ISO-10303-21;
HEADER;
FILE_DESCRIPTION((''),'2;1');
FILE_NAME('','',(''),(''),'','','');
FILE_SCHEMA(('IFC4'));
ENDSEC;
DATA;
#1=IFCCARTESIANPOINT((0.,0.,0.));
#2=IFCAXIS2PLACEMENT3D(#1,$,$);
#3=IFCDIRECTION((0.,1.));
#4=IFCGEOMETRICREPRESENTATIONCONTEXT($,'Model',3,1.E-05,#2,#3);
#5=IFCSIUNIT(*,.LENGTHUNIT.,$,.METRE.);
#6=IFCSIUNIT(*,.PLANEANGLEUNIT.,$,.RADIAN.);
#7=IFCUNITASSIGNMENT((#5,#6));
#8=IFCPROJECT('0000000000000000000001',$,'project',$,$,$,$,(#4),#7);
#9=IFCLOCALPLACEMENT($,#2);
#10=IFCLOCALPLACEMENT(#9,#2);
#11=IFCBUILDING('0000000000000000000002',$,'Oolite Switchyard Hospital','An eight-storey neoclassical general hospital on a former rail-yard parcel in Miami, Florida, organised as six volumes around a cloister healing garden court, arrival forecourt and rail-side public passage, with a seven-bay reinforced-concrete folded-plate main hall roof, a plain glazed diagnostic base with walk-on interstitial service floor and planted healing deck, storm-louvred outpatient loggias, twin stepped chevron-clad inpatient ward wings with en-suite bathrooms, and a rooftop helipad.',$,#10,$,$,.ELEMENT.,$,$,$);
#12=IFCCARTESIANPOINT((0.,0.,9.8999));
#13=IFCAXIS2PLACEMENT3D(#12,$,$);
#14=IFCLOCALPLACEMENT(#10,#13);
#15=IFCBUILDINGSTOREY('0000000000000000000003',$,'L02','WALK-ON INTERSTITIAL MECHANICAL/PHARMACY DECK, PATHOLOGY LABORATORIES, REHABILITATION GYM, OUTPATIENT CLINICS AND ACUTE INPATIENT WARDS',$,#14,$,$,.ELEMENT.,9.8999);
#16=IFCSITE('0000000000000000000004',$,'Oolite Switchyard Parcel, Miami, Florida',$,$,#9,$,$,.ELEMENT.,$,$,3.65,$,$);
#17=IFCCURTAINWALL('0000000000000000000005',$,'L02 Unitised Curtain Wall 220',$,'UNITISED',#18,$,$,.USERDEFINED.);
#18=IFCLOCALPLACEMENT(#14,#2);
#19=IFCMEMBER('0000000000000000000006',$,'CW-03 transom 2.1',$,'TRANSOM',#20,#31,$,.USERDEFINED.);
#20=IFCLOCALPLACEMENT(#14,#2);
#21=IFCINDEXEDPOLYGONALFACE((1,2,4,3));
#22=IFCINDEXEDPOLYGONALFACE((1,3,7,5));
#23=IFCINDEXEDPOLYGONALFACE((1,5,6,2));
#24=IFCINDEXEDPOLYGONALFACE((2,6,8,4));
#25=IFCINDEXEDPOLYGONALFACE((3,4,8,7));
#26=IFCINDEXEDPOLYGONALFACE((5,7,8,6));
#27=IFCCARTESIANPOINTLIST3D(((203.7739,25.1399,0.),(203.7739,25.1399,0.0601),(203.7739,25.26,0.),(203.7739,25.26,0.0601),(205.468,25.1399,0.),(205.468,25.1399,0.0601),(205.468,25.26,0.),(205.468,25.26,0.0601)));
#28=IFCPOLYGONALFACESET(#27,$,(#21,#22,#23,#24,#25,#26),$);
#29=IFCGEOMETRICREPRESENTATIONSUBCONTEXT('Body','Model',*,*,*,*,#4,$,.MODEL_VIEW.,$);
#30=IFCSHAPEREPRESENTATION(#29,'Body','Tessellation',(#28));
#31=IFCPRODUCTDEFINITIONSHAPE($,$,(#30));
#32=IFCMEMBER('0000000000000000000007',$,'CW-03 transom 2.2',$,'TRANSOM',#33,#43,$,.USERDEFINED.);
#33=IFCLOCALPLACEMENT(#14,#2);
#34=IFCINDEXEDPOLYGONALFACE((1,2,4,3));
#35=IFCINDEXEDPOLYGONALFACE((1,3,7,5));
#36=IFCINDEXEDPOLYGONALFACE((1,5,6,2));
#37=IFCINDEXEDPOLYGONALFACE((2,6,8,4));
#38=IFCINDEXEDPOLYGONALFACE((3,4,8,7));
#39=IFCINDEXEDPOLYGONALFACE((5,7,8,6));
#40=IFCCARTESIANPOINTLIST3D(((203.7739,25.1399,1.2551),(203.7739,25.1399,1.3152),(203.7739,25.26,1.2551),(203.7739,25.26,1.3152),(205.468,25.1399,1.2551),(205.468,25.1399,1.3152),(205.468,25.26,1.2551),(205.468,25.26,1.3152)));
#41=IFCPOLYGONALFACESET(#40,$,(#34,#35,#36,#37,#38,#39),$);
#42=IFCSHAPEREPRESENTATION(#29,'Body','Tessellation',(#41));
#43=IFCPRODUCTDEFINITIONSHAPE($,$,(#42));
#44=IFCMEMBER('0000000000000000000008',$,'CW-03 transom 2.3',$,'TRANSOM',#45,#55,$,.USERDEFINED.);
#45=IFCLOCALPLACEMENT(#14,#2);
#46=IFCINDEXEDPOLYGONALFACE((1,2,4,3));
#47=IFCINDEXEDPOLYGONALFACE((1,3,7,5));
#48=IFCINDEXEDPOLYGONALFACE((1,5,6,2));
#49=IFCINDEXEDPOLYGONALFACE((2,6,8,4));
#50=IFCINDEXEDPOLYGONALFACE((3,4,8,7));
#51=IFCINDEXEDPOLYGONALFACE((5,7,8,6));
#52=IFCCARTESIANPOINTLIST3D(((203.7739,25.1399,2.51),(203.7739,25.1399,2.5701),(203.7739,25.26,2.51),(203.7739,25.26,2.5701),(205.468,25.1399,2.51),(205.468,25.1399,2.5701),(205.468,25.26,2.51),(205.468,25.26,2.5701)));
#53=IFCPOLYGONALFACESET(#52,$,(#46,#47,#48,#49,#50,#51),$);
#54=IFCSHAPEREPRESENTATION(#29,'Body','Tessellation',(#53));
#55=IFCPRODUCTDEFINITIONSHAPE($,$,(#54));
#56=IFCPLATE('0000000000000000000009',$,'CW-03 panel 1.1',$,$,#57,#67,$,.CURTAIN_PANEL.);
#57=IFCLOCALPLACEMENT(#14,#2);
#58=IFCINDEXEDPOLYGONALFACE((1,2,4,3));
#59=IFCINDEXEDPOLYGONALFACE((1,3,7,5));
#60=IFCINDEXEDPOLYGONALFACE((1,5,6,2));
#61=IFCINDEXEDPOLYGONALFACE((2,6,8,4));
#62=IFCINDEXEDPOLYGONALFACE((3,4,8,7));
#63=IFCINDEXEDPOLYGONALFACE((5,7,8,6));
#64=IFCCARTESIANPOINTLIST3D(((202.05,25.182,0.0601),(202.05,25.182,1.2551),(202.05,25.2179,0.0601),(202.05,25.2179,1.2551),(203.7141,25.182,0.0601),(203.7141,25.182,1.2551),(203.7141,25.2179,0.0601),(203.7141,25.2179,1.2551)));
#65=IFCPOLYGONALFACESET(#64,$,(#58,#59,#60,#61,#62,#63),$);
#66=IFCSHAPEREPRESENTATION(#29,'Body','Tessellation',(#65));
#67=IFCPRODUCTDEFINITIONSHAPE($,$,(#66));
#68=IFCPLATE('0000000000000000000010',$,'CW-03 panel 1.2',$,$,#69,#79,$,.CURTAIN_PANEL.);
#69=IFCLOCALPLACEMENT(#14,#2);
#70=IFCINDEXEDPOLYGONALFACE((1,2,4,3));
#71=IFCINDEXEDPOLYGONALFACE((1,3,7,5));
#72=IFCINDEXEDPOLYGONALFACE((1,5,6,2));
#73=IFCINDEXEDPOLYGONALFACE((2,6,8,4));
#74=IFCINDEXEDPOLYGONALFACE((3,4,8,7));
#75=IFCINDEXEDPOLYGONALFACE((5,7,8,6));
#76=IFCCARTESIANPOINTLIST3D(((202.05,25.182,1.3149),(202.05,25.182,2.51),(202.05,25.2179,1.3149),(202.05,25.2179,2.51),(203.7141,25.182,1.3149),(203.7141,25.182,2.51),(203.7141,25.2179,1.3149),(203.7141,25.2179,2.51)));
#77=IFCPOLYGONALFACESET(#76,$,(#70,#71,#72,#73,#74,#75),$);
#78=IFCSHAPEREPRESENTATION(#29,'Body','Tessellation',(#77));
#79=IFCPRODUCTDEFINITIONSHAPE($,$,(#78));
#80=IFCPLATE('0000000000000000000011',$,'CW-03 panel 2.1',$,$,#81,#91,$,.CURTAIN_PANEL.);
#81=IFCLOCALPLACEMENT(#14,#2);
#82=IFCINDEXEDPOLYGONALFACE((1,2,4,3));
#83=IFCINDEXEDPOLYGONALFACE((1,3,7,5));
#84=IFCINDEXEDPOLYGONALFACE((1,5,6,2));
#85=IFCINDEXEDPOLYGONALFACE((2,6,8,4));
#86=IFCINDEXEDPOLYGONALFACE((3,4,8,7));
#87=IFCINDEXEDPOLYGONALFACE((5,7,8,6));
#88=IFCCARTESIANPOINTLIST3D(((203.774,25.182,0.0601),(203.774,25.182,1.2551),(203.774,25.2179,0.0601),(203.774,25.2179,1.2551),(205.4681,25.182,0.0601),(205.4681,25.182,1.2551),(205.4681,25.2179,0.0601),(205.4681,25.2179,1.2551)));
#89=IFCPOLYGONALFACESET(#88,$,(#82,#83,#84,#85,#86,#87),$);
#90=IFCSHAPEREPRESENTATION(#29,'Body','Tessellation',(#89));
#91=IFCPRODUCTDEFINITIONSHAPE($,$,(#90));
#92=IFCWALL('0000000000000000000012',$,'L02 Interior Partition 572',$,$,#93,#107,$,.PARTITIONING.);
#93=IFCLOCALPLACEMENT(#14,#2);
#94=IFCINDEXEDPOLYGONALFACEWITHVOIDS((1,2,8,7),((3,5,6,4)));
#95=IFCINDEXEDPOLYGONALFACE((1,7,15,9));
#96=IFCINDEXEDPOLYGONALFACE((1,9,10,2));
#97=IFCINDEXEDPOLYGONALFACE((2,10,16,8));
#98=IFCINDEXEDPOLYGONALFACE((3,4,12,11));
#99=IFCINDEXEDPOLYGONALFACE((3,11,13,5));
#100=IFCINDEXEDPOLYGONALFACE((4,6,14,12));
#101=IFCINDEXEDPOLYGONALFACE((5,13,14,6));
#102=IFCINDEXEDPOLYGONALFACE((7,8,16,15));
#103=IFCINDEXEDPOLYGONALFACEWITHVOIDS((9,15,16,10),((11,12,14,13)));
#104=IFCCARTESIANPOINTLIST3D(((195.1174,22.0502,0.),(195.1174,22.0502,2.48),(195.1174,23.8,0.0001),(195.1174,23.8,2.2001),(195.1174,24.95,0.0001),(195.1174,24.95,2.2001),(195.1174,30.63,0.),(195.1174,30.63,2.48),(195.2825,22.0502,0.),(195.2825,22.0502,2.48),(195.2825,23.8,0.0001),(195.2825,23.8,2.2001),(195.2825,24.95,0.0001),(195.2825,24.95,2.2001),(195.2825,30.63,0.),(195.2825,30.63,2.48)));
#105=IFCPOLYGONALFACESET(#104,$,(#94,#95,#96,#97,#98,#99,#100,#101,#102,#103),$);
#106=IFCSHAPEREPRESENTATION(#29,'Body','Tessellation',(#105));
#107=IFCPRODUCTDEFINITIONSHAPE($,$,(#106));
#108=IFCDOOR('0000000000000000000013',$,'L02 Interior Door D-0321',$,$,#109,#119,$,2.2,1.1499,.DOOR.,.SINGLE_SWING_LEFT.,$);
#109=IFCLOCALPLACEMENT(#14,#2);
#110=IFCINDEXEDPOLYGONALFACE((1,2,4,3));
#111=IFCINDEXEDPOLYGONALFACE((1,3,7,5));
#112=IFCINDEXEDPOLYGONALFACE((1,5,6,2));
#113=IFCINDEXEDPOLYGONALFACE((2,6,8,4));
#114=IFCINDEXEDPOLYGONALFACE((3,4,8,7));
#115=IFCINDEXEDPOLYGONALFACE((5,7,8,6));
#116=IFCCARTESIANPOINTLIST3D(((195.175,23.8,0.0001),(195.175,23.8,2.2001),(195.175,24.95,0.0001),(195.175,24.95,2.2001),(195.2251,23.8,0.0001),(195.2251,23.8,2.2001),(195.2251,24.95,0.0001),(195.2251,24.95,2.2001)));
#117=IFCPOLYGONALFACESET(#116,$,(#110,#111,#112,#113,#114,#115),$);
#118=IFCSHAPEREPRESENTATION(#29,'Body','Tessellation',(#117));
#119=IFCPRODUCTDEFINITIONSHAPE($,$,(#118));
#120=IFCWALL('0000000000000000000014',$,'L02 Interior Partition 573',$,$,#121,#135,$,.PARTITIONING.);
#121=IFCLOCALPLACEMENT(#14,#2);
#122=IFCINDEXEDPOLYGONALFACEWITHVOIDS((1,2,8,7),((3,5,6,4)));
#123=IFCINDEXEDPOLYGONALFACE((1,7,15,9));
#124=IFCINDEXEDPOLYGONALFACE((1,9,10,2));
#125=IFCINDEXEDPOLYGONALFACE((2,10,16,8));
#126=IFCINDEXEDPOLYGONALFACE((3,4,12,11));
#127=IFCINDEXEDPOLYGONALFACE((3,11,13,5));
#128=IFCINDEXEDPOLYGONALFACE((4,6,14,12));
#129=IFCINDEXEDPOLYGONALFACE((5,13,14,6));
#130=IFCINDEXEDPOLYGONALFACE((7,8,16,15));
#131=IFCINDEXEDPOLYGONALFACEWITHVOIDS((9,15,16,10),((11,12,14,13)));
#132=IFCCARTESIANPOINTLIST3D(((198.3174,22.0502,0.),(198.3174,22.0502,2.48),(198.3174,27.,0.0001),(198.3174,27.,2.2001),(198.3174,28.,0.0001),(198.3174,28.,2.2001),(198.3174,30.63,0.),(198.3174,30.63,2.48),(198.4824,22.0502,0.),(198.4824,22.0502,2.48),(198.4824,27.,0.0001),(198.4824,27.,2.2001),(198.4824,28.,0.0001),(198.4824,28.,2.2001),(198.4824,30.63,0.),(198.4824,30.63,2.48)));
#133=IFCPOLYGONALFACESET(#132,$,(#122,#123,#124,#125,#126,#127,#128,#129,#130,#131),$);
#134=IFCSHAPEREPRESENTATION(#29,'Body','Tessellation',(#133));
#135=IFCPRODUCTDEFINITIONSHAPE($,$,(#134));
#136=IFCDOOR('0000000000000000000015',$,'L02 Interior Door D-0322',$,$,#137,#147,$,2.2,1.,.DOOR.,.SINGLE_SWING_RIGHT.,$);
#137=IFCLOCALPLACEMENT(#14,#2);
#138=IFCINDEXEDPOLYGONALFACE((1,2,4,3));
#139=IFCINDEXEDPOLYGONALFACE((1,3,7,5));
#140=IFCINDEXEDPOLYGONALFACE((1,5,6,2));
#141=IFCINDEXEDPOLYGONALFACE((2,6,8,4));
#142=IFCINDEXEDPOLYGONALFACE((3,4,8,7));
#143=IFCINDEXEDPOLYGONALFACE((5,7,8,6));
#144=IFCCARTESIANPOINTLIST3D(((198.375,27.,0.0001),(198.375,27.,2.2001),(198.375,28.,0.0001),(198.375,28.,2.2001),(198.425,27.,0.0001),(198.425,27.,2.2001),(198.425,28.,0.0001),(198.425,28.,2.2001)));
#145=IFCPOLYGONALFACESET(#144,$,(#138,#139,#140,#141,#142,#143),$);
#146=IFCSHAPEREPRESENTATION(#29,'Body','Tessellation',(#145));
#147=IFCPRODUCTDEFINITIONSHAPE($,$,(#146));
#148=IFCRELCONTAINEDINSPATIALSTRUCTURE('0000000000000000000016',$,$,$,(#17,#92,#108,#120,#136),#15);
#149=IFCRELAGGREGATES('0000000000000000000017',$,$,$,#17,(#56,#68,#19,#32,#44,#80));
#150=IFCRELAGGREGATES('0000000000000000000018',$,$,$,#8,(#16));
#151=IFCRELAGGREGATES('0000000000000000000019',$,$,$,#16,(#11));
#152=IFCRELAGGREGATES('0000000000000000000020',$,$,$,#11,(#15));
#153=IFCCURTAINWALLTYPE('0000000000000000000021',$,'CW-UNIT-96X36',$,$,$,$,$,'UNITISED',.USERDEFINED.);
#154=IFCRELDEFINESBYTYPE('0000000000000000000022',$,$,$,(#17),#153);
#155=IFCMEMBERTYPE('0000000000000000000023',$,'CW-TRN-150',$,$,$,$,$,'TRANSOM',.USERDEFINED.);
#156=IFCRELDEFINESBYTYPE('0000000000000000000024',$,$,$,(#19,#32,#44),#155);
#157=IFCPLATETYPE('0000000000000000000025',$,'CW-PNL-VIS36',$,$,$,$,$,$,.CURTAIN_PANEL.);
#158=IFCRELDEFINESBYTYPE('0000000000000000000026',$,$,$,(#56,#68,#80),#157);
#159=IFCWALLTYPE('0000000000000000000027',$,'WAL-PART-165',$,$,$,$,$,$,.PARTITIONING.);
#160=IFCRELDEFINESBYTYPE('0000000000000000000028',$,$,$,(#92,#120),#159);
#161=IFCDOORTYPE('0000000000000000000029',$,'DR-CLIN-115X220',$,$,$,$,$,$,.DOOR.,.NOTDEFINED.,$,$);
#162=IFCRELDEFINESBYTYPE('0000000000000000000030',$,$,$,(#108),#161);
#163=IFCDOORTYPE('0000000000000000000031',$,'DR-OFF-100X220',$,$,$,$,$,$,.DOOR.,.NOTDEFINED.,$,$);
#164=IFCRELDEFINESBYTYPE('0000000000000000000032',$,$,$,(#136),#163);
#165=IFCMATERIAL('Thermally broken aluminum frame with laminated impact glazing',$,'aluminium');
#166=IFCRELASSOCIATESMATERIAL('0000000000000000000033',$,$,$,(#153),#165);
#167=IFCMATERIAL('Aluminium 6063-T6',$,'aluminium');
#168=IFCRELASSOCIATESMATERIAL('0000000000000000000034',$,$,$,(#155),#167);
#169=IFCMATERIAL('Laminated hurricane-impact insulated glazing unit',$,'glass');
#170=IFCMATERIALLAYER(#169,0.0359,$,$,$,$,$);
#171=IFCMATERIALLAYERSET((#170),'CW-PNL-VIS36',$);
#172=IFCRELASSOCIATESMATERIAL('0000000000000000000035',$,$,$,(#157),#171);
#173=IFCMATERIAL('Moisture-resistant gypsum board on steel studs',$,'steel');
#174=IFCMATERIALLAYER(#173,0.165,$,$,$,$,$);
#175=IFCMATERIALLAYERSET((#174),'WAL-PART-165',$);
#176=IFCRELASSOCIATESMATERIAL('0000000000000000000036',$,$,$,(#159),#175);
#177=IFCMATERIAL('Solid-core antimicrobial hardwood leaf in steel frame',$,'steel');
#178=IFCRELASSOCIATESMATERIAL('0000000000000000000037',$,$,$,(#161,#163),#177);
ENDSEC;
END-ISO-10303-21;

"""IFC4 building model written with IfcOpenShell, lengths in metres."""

from ifc_helpers import new_model, si_unit, direction, frame, frame_2d, origin, origin_2d, place, context, subcontext, project, spatial, rectangle, extrude, material, layer, layer_set, material_profile, profile_set, type_object, element, fill, aggregate, save


model = new_model("IFC4")

# Units and contexts
model_context = context("Model", 3, precision=1e-05, world=origin(), true_north=direction((0.0, 1.0)))
body_context = subcontext(model_context, "Body", "Model", "MODEL_VIEW")
ifc_project = project(units=[si_unit("LENGTHUNIT", "METRE"), si_unit("PLANEANGLEUNIT", "RADIAN")], contexts=[model_context])

# Site, building, storey
site_placement = place(None, origin())
site = spatial("IfcSite", under=ifc_project, at=site_placement, Name="Oolite Switchyard Parcel, Miami, Florida", CompositionType="ELEMENT", RefElevation=3.65)
building_placement = place(site_placement, origin())
building = spatial("IfcBuilding", under=site, at=building_placement, Name="Oolite Switchyard Hospital", Description="An eight-storey neoclassical general hospital on a former rail-yard parcel in Miami, Florida, organised as six volumes around a cloister healing garden court, arrival forecourt and rail-side public passage, with a seven-bay reinforced-concrete folded-plate main hall roof, a plain glazed diagnostic base with walk-on interstitial service floor and planted healing deck, storm-louvred outpatient loggias, twin stepped chevron-clad inpatient ward wings with en-suite bathrooms, and a rooftop helipad.", CompositionType="ELEMENT")
storey_placement = place(building_placement, frame((0.0, 0.0, 9.8999)))
storey = spatial("IfcBuildingStorey", under=building, at=storey_placement, Name="L02", Description="WALK-ON INTERSTITIAL MECHANICAL/PHARMACY DECK, PATHOLOGY LABORATORIES, REHABILITATION GYM, OUTPATIENT CLINICS AND ACUTE INPATIENT WARDS", CompositionType="ELEMENT", Elevation=9.8999)

# Curtain wall, members, plates
ifc_material_1 = material(Name="Thermally broken aluminum frame with laminated impact glazing", Category="aluminium")
curtain_wall_type = type_object("IfcCurtainWallType", Name="CW-UNIT-96X36", ElementType="UNITISED", PredefinedType="USERDEFINED", material=ifc_material_1)
curtain_wall_placement = place(storey_placement, origin())
curtain_wall = element("IfcCurtainWall", 1, at=curtain_wall_placement, inside=storey, type_object=curtain_wall_type, Name="L02 Unitised Curtain Wall 220", ObjectType="UNITISED", PredefinedType="USERDEFINED")
ifc_material_2 = material(Name="Aluminium 6063-T6", Category="aluminium")
ifc_material_profile_1 = material_profile(ifc_material_2, rectangle(XDim=0.1201, YDim=0.0601, at=origin_2d()), Name="CWT60X120")
ifc_profile_set_1 = profile_set([ifc_material_profile_1], Name="Aluminium 6063-T6")
member_type_1 = type_object("IfcMemberType", Name="CW-TRN-150", ElementType="TRANSOM", PredefinedType="USERDEFINED", material=ifc_profile_set_1)
member_1_placement = place(storey_placement, frame((203.7739, 25.2, 0.03), z_axis=(1.0, 0.0, 0.0), x_axis=(0.0, 1.0, 0.0)))
member_1 = element("IfcMember", 2, at=member_1_placement, type_object=member_type_1, Name="CW-03 transom 2.1", ObjectType="TRANSOM", PredefinedType="USERDEFINED", context=body_context, shape_type="SweptSolid", body=[
    extrude(rectangle(XDim=0.1201, YDim=0.0601, at=origin_2d()), origin(), (0.0, 0.0, 1.0), 1.6941),
])
member_2_placement = place(storey_placement, frame((203.7739, 25.2, 1.2852), z_axis=(1.0, 0.0, 0.0), x_axis=(0.0, 1.0, 0.0)))
member_2 = element("IfcMember", 3, at=member_2_placement, type_object=member_type_1, Name="CW-03 transom 2.2", ObjectType="TRANSOM", PredefinedType="USERDEFINED", context=body_context, shape_type="SweptSolid", body=[
    extrude(rectangle(XDim=0.1201, YDim=0.0601, at=origin_2d()), origin(), (0.0, 0.0, 1.0), 1.6941),
])
member_3_placement = place(storey_placement, frame((203.7739, 25.2, 2.54), z_axis=(1.0, 0.0, 0.0), x_axis=(0.0, 1.0, 0.0)))
member_3 = element("IfcMember", 4, at=member_3_placement, type_object=member_type_1, Name="CW-03 transom 2.3", ObjectType="TRANSOM", PredefinedType="USERDEFINED", context=body_context, shape_type="SweptSolid", body=[
    extrude(rectangle(XDim=0.1201, YDim=0.0601, at=origin_2d()), origin(), (0.0, 0.0, 1.0), 1.6941),
])
ifc_material_3 = material(Name="Laminated hurricane-impact insulated glazing unit", Category="glass")
ifc_layer_1 = layer(ifc_material_3, 0.0359)
ifc_layer_set_1 = layer_set([ifc_layer_1], Name="CW-PNL-VIS36")
plate_type = type_object("IfcPlateType", Name="CW-PNL-VIS36", PredefinedType="CURTAIN_PANEL", material=ifc_layer_set_1)
plate_1_placement = place(storey_placement, frame((202.8821, 25.2, 0.0601), z_axis=(0.0, 0.0, 1.0), x_axis=(1.0, 0.0, 0.0)))
plate_1 = element("IfcPlate", 5, at=plate_1_placement, type_object=plate_type, Name="CW-03 panel 1.1", PredefinedType="CURTAIN_PANEL", context=body_context, shape_type="SweptSolid", body=[
    extrude(rectangle(XDim=1.6641, YDim=0.0359, at=origin_2d()), origin(), (0.0, 0.0, 1.0), 1.1951),
])
plate_2_placement = place(storey_placement, frame((202.8821, 25.2, 1.3149), z_axis=(0.0, 0.0, 1.0), x_axis=(1.0, 0.0, 0.0)))
plate_2 = element("IfcPlate", 6, at=plate_2_placement, type_object=plate_type, Name="CW-03 panel 1.2", PredefinedType="CURTAIN_PANEL", context=body_context, shape_type="SweptSolid", body=[
    extrude(rectangle(XDim=1.6641, YDim=0.0359, at=origin_2d()), origin(), (0.0, 0.0, 1.0), 1.1951),
])
plate_3_placement = place(storey_placement, frame((204.6211, 25.2, 0.0601), z_axis=(0.0, 0.0, 1.0), x_axis=(1.0, 0.0, 0.0)))
plate_3 = element("IfcPlate", 7, at=plate_3_placement, type_object=plate_type, Name="CW-03 panel 2.1", PredefinedType="CURTAIN_PANEL", context=body_context, shape_type="SweptSolid", body=[
    extrude(rectangle(XDim=1.6941, YDim=0.0359, at=origin_2d()), origin(), (0.0, 0.0, 1.0), 1.1951),
])
aggregate(curtain_wall, [plate_1, plate_2, member_1, member_2, member_3, plate_3])

# Walls, openings, doors
ifc_material_4 = material(Name="Moisture-resistant gypsum board on steel studs", Category="steel")
ifc_layer_2 = layer(ifc_material_4, 0.165)
ifc_layer_set_2 = layer_set([ifc_layer_2], Name="WAL-PART-165")
wall_type = type_object("IfcWallType", Name="WAL-PART-165", PredefinedType="PARTITIONING", material=ifc_layer_set_2)
wall_1_placement = place(storey_placement, frame((195.2, 22.05, 0.0), z_axis=(0.0, 0.0, 1.0), x_axis=(0.0, 1.0, 0.0)))
wall_1 = element("IfcWall", 8, at=wall_1_placement, inside=storey, type_object=wall_type, Name="L02 Interior Partition 572", PredefinedType="PARTITIONING", context=body_context, shape_type="SweptSolid", body=[
    extrude(rectangle(XDim=8.5798, YDim=0.165, at=frame_2d((4.29, 0.0))), origin(), (0.0, 0.0, 1.0), 2.48),
])
opening_1_placement = place(wall_1_placement, frame((1.75, 0.0, 0.0)))
opening_1 = element("IfcOpeningElement", 9, at=opening_1_placement, cuts=wall_1, PredefinedType="OPENING", context=body_context, shape_type="SweptSolid", body=[
    extrude(rectangle(XDim=1.1499, YDim=2.2, at=frame_2d((0.575, 1.1001))), frame((0.0, 0.0925, 0.0), z_axis=(0.0, -1.0, 0.0), x_axis=(1.0, 0.0, 0.0)), (0.0, 0.0, 1.0), 0.1851),
])
ifc_material_5 = material(Name="Solid-core antimicrobial hardwood leaf in steel frame", Category="steel")
door_type_1 = type_object("IfcDoorType", Name="DR-CLIN-115X220", OperationType="NOTDEFINED", PredefinedType="DOOR", material=ifc_material_5)
door_1_placement = place(opening_1_placement, origin())
door_1 = element("IfcDoor", 10, at=door_1_placement, inside=storey, type_object=door_type_1, Name="L02 Interior Door D-0321", OperationType="SINGLE_SWING_LEFT", OverallHeight=2.2, OverallWidth=1.1499, PredefinedType="DOOR", context=body_context, shape_type="SweptSolid", body=[
    extrude(rectangle(XDim=1.1499, YDim=2.2, at=frame_2d((0.575, 1.1001))), frame((0.0, 0.0249, 0.0), z_axis=(0.0, -1.0, 0.0), x_axis=(1.0, 0.0, 0.0)), (0.0, 0.0, 1.0), 0.05),
])
fill(opening_1, door_1)
wall_2_placement = place(storey_placement, frame((198.3999, 22.05, 0.0), z_axis=(0.0, 0.0, 1.0), x_axis=(0.0, 1.0, 0.0)))
wall_2 = element("IfcWall", 11, at=wall_2_placement, inside=storey, type_object=wall_type, Name="L02 Interior Partition 573", PredefinedType="PARTITIONING", context=body_context, shape_type="SweptSolid", body=[
    extrude(rectangle(XDim=8.5798, YDim=0.165, at=frame_2d((4.29, 0.0))), origin(), (0.0, 0.0, 1.0), 2.48),
])
opening_2_placement = place(wall_2_placement, frame((4.95, 0.0, 0.0)))
opening_2 = element("IfcOpeningElement", 12, at=opening_2_placement, cuts=wall_2, PredefinedType="OPENING", context=body_context, shape_type="SweptSolid", body=[
    extrude(rectangle(XDim=1.0, YDim=2.2, at=frame_2d((0.5, 1.1001))), frame((0.0, 0.0925, 0.0), z_axis=(0.0, -1.0, 0.0), x_axis=(1.0, 0.0, 0.0)), (0.0, 0.0, 1.0), 0.1851),
])
door_type_2 = type_object("IfcDoorType", Name="DR-OFF-100X220", OperationType="NOTDEFINED", PredefinedType="DOOR", material=ifc_material_5)
door_2_placement = place(opening_2_placement, origin())
door_2 = element("IfcDoor", 13, at=door_2_placement, inside=storey, type_object=door_type_2, Name="L02 Interior Door D-0322", OperationType="SINGLE_SWING_RIGHT", OverallHeight=2.2, OverallWidth=1.0, PredefinedType="DOOR", context=body_context, shape_type="SweptSolid", body=[
    extrude(rectangle(XDim=1.0, YDim=2.2, at=frame_2d((0.5, 1.1001))), frame((0.0, 0.0249, 0.0), z_axis=(0.0, -1.0, 0.0), x_axis=(1.0, 0.0, 0.0)), (0.0, 0.0, 1.0), 0.05),
])
fill(opening_2, door_2)

save(model, "model.ifc")
